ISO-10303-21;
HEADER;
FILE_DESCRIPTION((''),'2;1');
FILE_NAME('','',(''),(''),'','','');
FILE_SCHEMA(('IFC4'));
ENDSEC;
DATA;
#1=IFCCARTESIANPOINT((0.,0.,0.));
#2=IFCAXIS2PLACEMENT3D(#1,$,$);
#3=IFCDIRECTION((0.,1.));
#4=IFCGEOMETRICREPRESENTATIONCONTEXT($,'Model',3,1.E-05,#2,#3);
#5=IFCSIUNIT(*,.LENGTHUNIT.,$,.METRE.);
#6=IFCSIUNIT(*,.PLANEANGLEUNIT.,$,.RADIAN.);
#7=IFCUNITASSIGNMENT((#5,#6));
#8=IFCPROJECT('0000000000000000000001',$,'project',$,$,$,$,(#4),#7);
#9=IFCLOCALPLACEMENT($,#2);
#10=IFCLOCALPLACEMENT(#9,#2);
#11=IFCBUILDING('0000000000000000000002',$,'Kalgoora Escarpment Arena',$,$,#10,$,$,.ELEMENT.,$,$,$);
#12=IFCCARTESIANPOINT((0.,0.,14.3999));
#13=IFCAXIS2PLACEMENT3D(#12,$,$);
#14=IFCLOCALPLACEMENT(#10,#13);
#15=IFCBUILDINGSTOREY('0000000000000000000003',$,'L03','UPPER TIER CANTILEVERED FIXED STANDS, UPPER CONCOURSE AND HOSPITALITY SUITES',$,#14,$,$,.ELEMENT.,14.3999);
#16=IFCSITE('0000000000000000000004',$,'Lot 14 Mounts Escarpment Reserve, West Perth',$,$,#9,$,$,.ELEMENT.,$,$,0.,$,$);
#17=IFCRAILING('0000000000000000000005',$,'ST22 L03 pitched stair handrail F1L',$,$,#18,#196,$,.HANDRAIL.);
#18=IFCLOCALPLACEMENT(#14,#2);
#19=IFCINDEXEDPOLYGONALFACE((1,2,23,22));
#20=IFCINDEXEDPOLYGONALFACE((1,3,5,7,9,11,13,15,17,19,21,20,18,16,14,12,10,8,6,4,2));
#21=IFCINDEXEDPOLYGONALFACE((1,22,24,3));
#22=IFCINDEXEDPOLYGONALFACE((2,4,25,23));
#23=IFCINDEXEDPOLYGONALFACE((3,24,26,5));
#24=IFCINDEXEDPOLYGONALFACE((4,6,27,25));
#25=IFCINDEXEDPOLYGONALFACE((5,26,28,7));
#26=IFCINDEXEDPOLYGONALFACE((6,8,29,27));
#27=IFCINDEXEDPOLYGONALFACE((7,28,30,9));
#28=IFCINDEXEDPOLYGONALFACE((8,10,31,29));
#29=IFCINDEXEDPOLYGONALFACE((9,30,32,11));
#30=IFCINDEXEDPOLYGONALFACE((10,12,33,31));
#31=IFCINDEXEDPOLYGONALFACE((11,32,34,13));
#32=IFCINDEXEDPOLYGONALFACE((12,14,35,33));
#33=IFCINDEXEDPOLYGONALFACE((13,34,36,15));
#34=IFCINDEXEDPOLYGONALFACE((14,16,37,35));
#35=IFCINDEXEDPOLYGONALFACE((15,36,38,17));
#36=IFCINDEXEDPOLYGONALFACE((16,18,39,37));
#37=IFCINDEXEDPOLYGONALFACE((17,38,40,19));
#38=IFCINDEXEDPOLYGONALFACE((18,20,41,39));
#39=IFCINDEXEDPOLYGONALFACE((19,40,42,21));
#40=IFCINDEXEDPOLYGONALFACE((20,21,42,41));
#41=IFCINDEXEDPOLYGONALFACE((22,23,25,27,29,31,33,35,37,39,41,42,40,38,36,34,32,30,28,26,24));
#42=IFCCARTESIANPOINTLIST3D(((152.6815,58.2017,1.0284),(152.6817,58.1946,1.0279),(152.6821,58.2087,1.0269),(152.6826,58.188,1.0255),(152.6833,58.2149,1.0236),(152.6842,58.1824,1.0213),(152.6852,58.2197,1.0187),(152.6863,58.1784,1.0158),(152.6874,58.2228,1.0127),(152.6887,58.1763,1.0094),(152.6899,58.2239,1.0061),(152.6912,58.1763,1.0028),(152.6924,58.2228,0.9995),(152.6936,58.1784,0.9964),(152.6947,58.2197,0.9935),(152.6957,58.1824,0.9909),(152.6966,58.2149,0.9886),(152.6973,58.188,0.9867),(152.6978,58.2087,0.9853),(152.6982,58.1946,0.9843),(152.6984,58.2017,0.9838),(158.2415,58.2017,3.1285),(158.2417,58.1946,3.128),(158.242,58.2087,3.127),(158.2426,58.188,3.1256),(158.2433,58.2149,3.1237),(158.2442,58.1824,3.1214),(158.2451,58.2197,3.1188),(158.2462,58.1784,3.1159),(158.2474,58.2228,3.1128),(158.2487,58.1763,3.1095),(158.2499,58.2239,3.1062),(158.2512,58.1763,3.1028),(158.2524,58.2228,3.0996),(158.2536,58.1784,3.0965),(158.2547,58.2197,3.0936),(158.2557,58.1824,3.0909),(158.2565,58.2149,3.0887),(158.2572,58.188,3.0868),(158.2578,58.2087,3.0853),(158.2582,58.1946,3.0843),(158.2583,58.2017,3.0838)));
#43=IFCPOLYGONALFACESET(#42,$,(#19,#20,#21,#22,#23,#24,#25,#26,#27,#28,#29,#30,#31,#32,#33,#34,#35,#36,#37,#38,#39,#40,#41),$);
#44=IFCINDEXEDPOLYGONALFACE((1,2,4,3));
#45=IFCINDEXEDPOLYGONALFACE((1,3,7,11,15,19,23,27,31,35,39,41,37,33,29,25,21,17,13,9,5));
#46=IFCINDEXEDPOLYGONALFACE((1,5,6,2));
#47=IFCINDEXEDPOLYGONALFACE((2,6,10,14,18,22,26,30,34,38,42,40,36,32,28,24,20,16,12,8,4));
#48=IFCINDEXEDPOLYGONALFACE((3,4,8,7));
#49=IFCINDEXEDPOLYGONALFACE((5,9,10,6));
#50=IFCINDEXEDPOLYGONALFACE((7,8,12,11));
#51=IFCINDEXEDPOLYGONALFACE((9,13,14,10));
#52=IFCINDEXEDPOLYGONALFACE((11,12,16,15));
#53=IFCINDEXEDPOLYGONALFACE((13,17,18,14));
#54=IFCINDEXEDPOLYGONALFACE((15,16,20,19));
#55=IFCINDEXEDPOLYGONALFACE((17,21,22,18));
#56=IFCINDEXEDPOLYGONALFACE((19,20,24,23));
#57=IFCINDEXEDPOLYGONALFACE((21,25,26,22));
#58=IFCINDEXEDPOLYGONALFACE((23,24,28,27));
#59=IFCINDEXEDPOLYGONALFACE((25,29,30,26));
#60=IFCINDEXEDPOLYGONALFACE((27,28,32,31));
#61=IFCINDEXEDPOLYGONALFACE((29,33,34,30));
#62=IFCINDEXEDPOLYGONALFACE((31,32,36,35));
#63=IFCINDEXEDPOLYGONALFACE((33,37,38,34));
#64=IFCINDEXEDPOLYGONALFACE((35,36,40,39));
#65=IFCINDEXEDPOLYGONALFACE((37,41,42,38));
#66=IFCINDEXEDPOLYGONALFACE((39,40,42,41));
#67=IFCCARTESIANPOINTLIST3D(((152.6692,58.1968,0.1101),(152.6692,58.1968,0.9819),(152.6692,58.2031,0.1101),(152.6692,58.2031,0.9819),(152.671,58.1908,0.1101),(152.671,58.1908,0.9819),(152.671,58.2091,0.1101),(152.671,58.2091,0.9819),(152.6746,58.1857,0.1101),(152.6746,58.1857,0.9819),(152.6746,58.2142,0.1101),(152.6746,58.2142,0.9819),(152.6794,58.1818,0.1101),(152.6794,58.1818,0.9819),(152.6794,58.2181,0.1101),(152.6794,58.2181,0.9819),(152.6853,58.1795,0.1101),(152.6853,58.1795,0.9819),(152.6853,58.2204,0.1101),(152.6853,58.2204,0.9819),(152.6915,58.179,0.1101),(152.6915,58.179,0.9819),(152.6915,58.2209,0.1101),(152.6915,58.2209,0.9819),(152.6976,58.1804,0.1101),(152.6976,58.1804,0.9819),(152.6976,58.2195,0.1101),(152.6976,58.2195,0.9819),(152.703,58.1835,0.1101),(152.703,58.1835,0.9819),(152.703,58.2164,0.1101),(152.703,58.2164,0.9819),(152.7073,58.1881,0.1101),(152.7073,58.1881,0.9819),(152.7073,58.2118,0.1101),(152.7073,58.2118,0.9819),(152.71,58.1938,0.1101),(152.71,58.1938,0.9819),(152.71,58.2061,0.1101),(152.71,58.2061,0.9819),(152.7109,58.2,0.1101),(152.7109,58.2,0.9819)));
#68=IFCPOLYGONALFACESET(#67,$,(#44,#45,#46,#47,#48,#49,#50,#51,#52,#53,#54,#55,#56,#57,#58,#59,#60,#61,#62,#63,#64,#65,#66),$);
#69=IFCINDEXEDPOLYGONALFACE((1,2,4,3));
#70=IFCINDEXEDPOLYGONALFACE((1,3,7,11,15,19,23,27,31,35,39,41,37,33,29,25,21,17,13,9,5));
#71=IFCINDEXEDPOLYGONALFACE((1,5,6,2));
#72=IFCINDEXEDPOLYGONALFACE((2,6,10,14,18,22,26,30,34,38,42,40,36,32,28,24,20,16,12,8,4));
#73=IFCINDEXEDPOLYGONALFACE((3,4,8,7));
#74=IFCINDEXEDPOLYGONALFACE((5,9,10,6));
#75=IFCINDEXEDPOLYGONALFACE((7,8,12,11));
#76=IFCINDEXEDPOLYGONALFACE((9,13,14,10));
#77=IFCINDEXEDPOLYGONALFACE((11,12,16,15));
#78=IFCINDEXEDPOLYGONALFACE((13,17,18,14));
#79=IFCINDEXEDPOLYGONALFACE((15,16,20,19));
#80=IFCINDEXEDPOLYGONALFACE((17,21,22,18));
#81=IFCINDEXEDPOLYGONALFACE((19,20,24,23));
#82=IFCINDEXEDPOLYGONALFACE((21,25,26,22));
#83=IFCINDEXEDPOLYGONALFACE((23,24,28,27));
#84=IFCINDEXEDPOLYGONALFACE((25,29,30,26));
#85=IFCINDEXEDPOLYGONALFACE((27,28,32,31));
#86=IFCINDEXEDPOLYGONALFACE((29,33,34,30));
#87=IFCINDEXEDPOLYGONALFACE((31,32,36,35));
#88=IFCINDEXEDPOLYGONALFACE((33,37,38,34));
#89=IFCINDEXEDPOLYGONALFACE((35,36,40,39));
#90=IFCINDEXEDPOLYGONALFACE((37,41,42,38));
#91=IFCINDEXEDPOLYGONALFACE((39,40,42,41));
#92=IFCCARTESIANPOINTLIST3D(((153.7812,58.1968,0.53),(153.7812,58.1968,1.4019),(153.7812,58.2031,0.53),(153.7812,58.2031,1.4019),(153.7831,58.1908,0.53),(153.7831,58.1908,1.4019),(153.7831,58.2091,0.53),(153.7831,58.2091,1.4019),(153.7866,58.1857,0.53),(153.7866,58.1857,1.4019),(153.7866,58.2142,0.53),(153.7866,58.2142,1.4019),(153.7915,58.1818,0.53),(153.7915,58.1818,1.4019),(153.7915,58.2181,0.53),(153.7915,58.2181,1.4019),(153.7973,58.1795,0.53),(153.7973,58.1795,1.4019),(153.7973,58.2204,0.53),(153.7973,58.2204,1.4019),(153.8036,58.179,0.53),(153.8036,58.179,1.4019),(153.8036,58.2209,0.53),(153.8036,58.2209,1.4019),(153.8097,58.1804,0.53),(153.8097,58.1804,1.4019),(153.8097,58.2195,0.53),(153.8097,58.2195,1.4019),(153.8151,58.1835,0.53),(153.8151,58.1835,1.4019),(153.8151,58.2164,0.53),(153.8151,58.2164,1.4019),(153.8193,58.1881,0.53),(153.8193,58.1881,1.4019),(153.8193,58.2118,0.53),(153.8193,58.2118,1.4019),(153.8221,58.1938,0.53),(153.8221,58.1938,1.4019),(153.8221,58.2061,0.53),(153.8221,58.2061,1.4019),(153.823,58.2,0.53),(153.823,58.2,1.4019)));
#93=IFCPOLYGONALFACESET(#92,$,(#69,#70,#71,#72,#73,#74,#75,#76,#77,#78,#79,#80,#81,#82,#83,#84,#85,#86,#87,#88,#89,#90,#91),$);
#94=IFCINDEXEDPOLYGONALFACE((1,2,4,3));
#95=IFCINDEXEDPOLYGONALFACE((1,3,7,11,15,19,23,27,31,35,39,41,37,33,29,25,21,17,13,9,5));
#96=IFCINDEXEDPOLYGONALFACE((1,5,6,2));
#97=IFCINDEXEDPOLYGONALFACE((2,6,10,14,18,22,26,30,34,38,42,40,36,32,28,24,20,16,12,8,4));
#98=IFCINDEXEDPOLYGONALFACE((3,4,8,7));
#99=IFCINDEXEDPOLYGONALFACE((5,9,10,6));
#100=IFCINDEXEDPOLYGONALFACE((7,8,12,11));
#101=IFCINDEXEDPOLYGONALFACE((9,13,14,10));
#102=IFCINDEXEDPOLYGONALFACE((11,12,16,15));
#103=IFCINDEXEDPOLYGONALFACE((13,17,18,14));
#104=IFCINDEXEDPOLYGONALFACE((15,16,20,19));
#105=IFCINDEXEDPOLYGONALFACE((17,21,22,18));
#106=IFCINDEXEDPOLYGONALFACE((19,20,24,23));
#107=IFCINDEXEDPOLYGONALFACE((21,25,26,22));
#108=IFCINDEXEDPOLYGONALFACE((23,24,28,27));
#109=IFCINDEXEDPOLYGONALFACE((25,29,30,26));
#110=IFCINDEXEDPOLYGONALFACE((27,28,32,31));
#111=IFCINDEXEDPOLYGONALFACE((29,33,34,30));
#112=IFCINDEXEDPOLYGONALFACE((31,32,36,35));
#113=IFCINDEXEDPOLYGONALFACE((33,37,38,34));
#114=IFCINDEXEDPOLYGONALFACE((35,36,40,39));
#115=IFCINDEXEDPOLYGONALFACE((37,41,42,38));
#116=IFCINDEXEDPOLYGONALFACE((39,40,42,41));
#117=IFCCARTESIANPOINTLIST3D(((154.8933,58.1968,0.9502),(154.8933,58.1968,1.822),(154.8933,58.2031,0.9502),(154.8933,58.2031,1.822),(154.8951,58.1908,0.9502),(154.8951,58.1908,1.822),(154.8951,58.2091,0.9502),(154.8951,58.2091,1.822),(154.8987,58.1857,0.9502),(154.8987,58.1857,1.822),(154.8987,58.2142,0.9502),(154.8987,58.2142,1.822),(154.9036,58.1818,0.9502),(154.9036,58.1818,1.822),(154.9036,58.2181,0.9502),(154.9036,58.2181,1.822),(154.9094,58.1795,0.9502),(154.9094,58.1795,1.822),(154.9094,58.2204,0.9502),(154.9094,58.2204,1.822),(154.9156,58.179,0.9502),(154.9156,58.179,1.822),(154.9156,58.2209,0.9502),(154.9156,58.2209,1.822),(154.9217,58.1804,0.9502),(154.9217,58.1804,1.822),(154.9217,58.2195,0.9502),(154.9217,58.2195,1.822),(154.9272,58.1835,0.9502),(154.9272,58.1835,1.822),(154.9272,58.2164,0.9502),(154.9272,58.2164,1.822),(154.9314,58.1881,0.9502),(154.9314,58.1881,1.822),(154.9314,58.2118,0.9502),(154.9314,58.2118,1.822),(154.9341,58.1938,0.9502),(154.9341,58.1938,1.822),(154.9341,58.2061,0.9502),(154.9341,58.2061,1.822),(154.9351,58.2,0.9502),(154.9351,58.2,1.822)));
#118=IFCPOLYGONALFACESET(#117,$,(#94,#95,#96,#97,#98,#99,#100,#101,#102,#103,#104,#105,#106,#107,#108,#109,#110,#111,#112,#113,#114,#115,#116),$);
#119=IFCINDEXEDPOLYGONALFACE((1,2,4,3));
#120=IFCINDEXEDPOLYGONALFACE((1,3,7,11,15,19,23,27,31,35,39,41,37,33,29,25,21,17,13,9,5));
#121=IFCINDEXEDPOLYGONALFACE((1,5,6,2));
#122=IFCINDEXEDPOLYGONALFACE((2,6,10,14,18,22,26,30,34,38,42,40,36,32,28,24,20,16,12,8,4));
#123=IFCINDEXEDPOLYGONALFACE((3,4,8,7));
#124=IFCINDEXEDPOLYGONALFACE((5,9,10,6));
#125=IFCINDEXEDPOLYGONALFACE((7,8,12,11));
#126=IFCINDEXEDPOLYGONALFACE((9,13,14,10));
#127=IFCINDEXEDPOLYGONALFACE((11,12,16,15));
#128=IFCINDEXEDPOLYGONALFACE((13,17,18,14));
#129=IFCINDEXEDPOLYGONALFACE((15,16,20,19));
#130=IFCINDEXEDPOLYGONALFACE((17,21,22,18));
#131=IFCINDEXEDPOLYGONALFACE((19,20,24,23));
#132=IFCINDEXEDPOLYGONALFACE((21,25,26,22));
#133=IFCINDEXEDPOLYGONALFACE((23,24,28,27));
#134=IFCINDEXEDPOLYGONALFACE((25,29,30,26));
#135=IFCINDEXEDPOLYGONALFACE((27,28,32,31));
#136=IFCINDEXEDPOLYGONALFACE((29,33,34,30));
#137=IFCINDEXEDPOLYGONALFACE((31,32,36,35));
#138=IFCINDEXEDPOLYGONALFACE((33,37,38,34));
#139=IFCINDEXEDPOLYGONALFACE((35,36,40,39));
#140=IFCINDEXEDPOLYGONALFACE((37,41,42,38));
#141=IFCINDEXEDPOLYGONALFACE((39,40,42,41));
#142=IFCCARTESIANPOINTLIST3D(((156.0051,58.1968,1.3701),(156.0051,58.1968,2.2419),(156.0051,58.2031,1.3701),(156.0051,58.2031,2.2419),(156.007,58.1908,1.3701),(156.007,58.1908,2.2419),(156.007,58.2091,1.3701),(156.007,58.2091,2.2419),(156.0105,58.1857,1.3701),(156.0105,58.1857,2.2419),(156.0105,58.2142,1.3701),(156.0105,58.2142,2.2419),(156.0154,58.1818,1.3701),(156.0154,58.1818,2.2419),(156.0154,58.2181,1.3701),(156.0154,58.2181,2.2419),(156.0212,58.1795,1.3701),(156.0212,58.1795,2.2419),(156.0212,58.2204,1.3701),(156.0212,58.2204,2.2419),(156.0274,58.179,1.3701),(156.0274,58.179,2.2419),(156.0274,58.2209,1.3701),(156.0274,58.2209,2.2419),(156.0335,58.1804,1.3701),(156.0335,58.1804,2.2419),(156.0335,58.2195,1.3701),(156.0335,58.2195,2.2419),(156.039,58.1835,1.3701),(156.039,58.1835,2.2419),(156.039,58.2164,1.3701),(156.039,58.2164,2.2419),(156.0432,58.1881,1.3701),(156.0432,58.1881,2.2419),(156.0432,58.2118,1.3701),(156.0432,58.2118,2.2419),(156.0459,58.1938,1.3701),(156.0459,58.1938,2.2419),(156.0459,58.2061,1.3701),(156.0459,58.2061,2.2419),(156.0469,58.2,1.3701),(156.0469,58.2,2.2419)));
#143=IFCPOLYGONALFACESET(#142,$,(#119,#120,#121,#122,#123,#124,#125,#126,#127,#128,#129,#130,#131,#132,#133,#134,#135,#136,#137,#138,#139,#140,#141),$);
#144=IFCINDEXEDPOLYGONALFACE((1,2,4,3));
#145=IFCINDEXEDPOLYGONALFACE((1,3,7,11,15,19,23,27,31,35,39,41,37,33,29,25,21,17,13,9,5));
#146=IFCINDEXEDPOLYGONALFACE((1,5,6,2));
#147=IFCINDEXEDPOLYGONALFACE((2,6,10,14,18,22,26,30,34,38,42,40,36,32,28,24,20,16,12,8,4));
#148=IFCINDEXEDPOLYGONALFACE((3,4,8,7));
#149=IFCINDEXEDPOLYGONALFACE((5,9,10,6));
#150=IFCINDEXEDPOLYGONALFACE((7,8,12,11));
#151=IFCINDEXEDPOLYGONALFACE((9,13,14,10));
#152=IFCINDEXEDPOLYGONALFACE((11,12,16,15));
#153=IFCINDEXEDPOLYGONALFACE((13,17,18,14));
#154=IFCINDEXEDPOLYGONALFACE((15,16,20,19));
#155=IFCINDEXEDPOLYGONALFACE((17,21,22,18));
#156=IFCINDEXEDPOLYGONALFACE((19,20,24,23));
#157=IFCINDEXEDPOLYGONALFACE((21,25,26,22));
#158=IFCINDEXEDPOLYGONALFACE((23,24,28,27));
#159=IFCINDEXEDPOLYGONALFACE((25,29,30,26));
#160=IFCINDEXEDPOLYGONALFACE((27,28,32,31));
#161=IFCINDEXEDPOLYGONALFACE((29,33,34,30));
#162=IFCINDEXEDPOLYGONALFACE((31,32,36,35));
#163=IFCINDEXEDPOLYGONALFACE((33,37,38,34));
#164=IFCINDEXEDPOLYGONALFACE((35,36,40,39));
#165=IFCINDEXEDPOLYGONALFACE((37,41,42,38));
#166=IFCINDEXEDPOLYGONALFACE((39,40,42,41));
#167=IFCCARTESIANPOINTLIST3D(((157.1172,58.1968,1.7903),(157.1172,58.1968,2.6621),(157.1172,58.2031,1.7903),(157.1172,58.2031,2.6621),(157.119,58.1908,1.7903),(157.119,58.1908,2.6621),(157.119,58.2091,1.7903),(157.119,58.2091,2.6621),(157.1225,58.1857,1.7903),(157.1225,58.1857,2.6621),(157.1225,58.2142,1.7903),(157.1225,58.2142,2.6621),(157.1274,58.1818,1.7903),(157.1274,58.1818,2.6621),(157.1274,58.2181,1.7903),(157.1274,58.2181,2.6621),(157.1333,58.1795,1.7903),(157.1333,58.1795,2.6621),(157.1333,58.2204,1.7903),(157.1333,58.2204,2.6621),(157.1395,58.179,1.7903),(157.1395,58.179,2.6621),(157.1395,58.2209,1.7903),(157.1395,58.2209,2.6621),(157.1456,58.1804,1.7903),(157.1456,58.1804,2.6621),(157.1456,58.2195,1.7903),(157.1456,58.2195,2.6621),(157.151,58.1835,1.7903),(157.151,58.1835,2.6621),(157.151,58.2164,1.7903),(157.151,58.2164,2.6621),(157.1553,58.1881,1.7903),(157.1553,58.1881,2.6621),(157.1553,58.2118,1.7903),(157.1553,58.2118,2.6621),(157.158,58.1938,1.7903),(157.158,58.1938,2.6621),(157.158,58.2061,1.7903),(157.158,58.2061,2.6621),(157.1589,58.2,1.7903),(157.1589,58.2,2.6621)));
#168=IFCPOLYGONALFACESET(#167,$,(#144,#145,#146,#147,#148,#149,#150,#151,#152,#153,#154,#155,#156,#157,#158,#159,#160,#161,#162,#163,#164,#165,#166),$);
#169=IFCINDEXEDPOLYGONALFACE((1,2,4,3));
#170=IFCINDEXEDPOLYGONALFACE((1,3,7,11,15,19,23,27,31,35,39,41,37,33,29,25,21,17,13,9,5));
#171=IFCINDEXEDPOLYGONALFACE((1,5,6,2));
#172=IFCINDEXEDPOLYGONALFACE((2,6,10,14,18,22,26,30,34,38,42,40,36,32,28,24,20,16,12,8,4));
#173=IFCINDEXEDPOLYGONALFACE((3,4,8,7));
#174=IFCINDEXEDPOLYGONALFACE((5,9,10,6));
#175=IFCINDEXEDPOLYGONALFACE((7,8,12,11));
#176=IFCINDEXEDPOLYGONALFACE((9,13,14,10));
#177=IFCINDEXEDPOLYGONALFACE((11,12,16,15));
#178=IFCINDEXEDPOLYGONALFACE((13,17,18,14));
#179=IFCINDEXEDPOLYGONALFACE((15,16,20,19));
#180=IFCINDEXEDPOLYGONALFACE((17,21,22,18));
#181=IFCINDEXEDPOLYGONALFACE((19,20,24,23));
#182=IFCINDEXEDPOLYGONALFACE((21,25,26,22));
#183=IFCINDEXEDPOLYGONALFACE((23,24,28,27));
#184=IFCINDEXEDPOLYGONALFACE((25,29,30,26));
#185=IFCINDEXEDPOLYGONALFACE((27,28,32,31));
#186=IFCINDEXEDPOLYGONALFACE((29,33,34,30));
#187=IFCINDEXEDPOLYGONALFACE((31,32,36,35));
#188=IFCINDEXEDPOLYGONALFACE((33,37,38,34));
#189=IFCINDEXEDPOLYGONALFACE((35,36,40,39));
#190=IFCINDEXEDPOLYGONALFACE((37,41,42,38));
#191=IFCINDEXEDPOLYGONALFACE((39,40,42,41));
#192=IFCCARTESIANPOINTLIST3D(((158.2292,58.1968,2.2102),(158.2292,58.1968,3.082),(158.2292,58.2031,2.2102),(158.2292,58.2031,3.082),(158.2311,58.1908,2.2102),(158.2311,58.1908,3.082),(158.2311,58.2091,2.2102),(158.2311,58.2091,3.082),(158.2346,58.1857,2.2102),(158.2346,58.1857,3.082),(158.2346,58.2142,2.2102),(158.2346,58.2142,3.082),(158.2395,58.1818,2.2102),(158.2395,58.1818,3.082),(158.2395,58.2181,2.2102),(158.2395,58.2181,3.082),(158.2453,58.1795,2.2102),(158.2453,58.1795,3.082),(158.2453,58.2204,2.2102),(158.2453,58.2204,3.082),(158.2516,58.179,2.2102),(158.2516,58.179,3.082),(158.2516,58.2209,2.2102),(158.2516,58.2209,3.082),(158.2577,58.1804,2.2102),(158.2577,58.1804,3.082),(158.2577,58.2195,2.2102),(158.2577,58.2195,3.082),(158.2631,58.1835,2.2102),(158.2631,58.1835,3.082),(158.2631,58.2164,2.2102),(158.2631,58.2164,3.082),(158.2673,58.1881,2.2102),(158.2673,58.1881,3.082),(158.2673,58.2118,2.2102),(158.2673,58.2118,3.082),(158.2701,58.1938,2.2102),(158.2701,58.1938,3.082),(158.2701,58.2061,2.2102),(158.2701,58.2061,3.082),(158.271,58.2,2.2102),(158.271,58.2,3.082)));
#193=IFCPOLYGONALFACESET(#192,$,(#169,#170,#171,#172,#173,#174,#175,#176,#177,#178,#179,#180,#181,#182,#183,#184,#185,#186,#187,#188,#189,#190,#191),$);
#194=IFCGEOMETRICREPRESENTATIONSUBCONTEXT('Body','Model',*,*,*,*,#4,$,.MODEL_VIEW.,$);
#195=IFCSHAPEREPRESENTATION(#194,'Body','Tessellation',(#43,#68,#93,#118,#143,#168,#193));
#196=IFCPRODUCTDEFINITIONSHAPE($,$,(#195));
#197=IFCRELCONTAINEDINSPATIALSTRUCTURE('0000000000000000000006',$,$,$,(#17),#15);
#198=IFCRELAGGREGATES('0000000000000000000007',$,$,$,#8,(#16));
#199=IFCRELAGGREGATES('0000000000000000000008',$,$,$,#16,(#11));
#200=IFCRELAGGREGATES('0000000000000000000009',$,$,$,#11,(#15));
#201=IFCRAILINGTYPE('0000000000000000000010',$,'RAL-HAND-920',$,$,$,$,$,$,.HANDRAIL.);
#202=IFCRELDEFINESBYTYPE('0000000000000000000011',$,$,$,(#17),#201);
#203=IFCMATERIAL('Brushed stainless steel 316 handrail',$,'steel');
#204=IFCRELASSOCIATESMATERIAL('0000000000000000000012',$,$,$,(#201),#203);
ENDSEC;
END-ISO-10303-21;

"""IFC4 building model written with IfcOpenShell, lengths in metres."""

from ifc_helpers import new_model, si_unit, direction, frame, origin, origin_2d, place, context, subcontext, project, spatial, circle, extrude, material, type_object, element, save


model = new_model("IFC4")

# Units and contexts
model_context = context("Model", 3, precision=1e-05, world=origin(), true_north=direction((0.0, 1.0)))
body_context = subcontext(model_context, "Body", "Model", "MODEL_VIEW")
ifc_project = project(units=[si_unit("LENGTHUNIT", "METRE"), si_unit("PLANEANGLEUNIT", "RADIAN")], contexts=[model_context])

# Site, building, storey
site_placement = place(None, origin())
site = spatial("IfcSite", under=ifc_project, at=site_placement, Name="Lot 14 Mounts Escarpment Reserve, West Perth", CompositionType="ELEMENT", RefElevation=0.0)
building_placement = place(site_placement, origin())
building = spatial("IfcBuilding", under=site, at=building_placement, Name="Kalgoora Escarpment Arena", CompositionType="ELEMENT")
storey_placement = place(building_placement, frame((0.0, 0.0, 14.3999)))
storey = spatial("IfcBuildingStorey", under=building, at=storey_placement, Name="L03", Description="UPPER TIER CANTILEVERED FIXED STANDS, UPPER CONCOURSE AND HOSPITALITY SUITES", CompositionType="ELEMENT", Elevation=14.3999)

# Railing
ifc_material_1 = material(Name="Brushed stainless steel 316 handrail", Category="steel")
railing_type_1 = type_object("IfcRailingType", Name="RAL-HAND-920", PredefinedType="HANDRAIL", material=ifc_material_1)
for number, where, name in (
    (1, (152.6899, 58.2, 0.1101), "ST22 L03 pitched stair handrail F1L"),
):
    element("IfcRailing", number, at=place(storey_placement, frame(where)), inside=storey, type_object=railing_type_1, Name=name, PredefinedType="HANDRAIL", context=body_context, shape_type="SweptSolid", body=[
        extrude(circle(Radius=0.0239, at=origin_2d()), frame((0.0, 0.0, 0.896), z_axis=(0.935493, 0.0, 0.353346), x_axis=(0.0, 1.0, 0.0)), (0.0, 0.0, 1.0), 5.9434),
        extrude(circle(Radius=0.021, at=origin_2d()), origin(), (0.0, 0.0, 1.0), 0.8718),
        extrude(circle(Radius=0.021, at=origin_2d()), frame((1.1121, 0.0, 0.4199)), (0.0, 0.0, 1.0), 0.8718),
        extrude(circle(Radius=0.021, at=origin_2d()), frame((2.2241, 0.0, 0.8401)), (0.0, 0.0, 1.0), 0.8718),
        extrude(circle(Radius=0.021, at=origin_2d()), frame((3.3359, 0.0, 1.26)), (0.0, 0.0, 1.0), 0.8718),
        extrude(circle(Radius=0.021, at=origin_2d()), frame((4.448, 0.0, 1.6802)), (0.0, 0.0, 1.0), 0.8718),
        extrude(circle(Radius=0.021, at=origin_2d()), frame((5.5601, 0.0, 2.1001)), (0.0, 0.0, 1.0), 0.8718),
    ])

save(model, "model.ifc")
